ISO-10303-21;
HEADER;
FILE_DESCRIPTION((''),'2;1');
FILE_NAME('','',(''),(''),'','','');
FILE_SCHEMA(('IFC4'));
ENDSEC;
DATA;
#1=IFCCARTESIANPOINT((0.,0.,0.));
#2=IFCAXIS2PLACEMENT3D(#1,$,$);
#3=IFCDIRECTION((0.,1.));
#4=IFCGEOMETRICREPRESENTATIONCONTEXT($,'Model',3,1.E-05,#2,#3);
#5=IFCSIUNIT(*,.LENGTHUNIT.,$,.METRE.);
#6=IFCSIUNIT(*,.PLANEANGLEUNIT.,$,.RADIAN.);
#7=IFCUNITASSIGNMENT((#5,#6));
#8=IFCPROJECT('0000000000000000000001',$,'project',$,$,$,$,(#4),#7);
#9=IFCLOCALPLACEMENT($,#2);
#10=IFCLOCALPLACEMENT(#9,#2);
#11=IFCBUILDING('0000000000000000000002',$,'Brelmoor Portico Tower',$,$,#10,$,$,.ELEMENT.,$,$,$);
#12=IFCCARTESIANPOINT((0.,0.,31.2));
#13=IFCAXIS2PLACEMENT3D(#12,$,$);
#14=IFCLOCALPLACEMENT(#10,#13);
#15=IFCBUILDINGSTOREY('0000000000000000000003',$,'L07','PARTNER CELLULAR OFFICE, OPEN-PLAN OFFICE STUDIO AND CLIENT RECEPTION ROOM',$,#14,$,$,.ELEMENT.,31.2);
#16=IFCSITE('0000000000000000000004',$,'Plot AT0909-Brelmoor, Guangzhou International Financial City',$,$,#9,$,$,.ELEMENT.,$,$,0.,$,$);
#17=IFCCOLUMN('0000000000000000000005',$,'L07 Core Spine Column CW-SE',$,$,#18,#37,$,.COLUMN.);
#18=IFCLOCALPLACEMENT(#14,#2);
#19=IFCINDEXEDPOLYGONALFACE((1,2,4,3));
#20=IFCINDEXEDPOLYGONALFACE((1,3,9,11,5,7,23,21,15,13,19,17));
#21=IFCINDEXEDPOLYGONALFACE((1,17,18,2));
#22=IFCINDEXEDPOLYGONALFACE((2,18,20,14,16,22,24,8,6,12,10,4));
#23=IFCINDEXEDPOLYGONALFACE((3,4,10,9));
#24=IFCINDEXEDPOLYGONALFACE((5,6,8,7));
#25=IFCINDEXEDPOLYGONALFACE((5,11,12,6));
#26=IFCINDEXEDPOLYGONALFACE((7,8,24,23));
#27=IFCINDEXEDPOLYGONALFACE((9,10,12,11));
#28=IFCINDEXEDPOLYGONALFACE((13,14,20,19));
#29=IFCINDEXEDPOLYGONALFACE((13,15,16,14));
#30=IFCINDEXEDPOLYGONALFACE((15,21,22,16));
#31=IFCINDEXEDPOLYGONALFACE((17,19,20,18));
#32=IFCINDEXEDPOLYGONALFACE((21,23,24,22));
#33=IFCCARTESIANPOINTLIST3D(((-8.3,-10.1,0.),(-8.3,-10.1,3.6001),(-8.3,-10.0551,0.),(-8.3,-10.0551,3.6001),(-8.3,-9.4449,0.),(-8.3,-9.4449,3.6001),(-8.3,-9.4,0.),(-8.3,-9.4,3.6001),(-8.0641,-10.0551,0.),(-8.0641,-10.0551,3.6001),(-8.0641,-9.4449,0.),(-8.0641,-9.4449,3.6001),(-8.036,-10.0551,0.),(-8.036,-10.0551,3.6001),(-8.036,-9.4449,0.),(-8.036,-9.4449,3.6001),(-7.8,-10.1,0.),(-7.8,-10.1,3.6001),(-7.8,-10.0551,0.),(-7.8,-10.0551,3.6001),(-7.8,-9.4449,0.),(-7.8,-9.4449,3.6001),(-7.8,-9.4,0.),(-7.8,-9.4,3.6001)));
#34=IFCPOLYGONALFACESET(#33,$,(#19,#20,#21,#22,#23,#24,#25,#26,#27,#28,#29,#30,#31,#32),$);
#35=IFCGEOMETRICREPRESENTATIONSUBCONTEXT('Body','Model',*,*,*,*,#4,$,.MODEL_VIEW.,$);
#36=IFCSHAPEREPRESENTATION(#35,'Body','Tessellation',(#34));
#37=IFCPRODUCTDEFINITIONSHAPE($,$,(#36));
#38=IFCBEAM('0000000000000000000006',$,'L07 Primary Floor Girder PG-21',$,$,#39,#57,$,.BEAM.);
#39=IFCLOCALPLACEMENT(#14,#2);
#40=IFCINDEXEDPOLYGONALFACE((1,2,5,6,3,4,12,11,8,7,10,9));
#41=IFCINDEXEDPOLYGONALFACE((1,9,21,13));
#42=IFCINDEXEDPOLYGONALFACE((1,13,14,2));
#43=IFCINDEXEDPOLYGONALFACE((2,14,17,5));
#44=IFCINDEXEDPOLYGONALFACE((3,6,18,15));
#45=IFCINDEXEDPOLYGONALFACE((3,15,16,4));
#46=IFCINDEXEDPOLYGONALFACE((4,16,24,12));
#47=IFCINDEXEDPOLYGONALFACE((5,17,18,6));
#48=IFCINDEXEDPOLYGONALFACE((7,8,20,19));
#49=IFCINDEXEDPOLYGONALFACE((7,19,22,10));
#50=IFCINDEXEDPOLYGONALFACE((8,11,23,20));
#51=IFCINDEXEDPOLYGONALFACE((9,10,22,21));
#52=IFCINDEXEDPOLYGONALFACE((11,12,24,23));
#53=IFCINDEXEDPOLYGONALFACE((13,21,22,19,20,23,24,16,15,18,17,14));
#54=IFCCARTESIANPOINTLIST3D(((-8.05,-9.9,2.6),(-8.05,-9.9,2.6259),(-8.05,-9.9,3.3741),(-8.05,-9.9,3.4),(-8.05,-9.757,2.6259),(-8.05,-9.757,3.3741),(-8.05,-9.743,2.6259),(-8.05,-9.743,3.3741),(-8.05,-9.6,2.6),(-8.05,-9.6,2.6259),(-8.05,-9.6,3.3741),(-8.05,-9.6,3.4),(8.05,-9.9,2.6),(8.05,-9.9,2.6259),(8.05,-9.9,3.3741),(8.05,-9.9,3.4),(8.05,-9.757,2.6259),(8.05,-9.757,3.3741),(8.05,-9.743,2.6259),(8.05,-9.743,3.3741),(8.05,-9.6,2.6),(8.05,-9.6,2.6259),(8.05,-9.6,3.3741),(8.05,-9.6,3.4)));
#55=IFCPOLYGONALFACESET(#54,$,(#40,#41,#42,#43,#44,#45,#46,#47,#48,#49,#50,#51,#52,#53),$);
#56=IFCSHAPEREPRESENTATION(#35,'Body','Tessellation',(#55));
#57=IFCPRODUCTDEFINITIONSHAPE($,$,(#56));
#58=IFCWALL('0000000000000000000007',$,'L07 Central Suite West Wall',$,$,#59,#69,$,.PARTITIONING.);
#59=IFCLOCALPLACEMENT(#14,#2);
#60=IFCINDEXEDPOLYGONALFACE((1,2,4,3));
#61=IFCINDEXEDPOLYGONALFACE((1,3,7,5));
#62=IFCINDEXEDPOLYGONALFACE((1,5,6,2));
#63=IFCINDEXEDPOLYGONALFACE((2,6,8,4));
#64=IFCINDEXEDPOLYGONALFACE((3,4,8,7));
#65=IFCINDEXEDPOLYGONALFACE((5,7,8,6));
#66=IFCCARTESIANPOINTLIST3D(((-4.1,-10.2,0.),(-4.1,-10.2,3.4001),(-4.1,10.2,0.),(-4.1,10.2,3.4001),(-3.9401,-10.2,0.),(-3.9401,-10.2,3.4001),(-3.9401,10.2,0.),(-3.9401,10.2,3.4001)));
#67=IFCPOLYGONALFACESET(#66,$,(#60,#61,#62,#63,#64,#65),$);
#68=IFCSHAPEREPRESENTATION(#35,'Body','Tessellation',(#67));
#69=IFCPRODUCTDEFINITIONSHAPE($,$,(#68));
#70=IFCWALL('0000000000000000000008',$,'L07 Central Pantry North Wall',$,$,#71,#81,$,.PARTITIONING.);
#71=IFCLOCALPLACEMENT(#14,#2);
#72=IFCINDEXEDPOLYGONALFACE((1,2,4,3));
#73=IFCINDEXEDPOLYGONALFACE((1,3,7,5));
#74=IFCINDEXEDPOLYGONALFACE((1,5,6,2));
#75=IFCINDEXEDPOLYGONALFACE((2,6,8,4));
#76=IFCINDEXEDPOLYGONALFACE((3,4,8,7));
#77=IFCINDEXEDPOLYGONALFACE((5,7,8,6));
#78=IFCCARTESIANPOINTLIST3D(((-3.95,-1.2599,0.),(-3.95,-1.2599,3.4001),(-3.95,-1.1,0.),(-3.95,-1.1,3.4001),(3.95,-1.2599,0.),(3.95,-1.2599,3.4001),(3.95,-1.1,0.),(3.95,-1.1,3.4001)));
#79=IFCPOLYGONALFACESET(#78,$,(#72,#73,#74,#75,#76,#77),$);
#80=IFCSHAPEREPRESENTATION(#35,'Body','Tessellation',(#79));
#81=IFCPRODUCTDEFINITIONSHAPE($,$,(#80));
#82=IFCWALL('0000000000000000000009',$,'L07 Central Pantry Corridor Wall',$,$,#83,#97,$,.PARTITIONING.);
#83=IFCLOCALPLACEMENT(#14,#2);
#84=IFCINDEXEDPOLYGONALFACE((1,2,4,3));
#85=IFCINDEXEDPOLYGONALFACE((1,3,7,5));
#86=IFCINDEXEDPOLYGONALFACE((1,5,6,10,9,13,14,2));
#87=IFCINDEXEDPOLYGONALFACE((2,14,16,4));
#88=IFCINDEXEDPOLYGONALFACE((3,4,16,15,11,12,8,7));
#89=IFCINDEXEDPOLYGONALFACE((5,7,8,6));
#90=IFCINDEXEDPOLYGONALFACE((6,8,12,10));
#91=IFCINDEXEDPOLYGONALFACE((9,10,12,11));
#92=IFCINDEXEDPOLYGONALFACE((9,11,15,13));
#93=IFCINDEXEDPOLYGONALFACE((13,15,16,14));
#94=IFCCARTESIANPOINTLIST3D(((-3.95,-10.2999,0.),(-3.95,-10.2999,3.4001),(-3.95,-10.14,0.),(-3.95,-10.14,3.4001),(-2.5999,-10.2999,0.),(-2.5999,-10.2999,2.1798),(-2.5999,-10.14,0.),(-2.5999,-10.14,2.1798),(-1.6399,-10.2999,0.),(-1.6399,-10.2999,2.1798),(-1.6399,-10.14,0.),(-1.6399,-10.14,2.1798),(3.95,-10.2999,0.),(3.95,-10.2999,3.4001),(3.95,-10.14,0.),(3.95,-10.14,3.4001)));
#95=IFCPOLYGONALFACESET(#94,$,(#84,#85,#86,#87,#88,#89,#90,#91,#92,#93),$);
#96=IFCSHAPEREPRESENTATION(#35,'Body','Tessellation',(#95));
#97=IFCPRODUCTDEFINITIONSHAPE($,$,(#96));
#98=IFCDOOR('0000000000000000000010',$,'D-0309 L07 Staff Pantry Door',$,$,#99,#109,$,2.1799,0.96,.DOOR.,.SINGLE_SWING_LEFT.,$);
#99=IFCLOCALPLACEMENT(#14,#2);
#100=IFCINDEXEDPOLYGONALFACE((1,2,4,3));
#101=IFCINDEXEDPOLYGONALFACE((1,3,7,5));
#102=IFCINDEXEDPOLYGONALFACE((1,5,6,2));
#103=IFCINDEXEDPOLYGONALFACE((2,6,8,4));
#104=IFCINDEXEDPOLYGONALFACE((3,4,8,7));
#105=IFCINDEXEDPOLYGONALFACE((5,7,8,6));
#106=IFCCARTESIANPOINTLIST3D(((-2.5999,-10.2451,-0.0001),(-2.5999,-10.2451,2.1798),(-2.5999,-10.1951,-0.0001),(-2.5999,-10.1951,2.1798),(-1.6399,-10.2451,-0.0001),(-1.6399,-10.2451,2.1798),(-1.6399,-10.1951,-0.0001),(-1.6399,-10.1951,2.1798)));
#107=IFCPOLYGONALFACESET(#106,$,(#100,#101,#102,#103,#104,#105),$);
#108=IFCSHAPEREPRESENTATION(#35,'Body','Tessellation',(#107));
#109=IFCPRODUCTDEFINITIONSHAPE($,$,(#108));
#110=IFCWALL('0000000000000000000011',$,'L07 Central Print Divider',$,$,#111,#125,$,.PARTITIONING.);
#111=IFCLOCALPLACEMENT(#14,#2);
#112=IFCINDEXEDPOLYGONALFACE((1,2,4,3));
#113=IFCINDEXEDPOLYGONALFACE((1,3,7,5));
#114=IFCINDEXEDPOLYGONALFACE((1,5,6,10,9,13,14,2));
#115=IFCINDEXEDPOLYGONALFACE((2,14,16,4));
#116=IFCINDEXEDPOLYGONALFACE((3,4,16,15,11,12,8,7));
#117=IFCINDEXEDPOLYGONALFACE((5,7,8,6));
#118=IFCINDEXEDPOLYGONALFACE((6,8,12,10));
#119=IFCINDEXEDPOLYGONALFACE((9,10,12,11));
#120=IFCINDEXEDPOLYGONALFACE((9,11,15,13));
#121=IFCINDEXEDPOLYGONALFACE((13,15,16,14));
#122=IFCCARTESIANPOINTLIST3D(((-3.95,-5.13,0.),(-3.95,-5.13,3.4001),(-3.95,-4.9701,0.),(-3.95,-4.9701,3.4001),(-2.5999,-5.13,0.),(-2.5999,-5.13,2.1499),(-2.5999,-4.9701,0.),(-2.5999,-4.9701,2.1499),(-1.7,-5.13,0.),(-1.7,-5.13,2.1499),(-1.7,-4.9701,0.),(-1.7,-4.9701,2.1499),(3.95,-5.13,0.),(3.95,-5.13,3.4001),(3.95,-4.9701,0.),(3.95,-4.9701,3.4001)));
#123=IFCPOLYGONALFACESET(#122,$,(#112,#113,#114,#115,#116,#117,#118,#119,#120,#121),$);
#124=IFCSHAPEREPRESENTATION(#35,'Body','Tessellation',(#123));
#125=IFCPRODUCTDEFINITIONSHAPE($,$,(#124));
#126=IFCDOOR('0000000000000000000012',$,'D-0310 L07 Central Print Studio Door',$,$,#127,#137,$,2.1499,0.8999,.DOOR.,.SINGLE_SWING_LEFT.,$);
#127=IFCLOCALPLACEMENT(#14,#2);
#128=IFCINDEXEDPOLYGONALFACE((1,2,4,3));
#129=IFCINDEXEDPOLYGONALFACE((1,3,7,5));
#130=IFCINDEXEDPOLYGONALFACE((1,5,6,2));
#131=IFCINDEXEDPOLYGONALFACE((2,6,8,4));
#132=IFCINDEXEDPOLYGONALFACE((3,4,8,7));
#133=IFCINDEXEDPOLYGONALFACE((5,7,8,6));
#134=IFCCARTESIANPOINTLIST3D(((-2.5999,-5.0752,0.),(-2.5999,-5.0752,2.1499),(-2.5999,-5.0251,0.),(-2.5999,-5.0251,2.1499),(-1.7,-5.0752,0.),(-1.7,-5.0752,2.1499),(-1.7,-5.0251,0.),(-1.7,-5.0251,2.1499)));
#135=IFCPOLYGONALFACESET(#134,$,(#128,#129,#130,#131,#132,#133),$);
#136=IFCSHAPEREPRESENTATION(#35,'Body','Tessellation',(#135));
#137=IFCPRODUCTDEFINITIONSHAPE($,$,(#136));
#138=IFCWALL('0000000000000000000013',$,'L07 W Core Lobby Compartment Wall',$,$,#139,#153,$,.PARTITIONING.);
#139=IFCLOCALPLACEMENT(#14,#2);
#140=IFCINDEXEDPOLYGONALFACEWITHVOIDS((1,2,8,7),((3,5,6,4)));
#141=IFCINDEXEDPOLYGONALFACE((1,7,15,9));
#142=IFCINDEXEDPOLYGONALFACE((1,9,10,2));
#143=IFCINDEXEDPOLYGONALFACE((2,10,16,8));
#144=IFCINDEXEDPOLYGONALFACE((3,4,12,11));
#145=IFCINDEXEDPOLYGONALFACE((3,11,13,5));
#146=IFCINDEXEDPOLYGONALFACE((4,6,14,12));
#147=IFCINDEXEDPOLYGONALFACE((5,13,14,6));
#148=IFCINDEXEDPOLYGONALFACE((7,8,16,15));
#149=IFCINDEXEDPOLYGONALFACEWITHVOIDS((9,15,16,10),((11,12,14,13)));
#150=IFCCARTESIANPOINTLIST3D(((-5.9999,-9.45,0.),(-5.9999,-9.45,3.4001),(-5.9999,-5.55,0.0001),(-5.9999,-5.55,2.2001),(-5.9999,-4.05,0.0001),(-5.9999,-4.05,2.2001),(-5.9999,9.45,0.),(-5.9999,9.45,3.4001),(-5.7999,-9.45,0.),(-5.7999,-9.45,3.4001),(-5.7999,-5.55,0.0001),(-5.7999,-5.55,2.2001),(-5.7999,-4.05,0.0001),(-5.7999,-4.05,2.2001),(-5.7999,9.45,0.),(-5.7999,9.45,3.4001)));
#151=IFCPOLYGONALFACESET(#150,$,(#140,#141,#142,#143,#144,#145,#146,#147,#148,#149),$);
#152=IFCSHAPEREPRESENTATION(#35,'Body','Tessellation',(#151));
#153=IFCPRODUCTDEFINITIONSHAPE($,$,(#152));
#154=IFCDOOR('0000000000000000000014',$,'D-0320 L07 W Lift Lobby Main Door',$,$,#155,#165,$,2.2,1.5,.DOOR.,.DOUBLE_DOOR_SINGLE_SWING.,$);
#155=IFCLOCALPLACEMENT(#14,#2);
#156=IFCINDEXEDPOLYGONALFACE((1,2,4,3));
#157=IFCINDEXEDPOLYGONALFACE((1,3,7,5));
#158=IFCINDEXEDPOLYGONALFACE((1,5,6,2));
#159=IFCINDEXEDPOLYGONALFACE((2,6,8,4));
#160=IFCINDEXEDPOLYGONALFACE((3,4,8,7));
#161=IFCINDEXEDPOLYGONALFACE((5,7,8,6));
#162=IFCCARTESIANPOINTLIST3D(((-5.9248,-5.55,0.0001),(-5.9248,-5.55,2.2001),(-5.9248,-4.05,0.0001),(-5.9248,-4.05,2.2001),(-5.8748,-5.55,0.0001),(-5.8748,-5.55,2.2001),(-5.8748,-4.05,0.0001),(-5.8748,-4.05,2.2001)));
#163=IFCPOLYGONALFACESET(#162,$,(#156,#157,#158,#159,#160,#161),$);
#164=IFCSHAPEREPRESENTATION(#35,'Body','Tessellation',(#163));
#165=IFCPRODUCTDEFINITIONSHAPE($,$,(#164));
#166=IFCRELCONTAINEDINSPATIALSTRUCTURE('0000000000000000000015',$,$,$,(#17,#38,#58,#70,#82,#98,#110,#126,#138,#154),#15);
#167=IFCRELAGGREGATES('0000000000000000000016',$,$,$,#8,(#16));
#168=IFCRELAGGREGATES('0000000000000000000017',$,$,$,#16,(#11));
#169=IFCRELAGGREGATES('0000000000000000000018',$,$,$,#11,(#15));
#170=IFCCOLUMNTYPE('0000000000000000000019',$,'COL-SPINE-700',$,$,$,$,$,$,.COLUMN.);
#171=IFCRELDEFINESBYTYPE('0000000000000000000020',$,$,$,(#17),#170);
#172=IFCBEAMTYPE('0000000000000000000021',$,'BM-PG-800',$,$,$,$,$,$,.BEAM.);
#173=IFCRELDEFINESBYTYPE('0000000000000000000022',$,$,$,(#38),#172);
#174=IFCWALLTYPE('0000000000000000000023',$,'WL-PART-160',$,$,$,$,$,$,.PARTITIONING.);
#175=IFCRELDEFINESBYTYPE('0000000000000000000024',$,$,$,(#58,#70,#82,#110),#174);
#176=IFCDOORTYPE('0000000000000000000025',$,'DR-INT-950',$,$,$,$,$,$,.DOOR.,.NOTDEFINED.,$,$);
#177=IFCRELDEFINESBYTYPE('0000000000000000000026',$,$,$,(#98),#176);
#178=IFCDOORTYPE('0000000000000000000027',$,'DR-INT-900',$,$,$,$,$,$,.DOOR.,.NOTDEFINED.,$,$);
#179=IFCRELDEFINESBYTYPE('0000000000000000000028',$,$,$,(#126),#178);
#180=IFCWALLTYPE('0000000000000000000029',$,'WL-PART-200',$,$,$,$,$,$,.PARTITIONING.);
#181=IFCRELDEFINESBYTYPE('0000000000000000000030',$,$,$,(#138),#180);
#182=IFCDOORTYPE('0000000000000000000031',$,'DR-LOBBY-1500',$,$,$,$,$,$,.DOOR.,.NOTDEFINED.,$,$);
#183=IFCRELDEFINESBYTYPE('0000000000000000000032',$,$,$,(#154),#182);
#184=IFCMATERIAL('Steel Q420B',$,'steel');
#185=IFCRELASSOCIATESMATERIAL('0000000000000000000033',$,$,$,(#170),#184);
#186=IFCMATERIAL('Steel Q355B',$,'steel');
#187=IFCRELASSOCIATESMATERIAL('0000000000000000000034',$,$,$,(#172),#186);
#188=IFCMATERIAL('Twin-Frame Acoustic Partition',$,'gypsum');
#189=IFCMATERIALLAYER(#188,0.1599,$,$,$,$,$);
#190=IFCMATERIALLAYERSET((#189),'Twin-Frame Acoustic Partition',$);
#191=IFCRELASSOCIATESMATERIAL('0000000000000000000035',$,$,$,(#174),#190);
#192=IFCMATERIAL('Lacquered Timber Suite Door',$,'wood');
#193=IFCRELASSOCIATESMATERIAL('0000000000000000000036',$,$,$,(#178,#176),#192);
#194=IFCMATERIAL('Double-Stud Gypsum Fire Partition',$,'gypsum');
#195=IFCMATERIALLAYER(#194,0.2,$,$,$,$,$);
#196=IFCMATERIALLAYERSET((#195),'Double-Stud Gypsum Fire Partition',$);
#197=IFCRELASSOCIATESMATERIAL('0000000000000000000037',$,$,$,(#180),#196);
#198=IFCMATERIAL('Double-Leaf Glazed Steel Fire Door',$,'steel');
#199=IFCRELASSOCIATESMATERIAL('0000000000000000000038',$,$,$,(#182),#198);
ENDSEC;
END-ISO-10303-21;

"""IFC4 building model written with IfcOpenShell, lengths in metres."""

from ifc_helpers import new_model, si_unit, direction, frame, frame_2d, origin, origin_2d, place, context, subcontext, project, spatial, rectangle, i_section, extrude, material, layer, layer_set, material_profile, profile_set, type_object, element, fill, save


model = new_model("IFC4")

# Units and contexts
model_context = context("Model", 3, precision=1e-05, world=origin(), true_north=direction((0.0, 1.0)))
body_context = subcontext(model_context, "Body", "Model", "MODEL_VIEW")
ifc_project = project(units=[si_unit("LENGTHUNIT", "METRE"), si_unit("PLANEANGLEUNIT", "RADIAN")], contexts=[model_context])

# Site, building, storey
site_placement = place(None, origin())
site = spatial("IfcSite", under=ifc_project, at=site_placement, Name="Plot AT0909-Brelmoor, Guangzhou International Financial City", CompositionType="ELEMENT", RefElevation=0.0)
building_placement = place(site_placement, origin())
building = spatial("IfcBuilding", under=site, at=building_placement, Name="Brelmoor Portico Tower", CompositionType="ELEMENT")
storey_placement = place(building_placement, frame((0.0, 0.0, 31.2)))
storey = spatial("IfcBuildingStorey", under=building, at=storey_placement, Name="L07", Description="PARTNER CELLULAR OFFICE, OPEN-PLAN OFFICE STUDIO AND CLIENT RECEPTION ROOM", CompositionType="ELEMENT", Elevation=31.2)

# Column
ifc_material_1 = material(Name="Steel Q420B", Category="steel")
ifc_material_profile_1 = material_profile(ifc_material_1, i_section(OverallWidth=0.5, OverallDepth=0.7, WebThickness=0.0281, FlangeThickness=0.0449, at=origin_2d()), Name="HW 700x500x28x45")
ifc_profile_set_1 = profile_set([ifc_material_profile_1], Name="Steel Q420B")
column_type = type_object("IfcColumnType", Name="COL-SPINE-700", PredefinedType="COLUMN", material=ifc_profile_set_1)
column_placement = place(storey_placement, frame((-8.05, -9.75, 0.0), z_axis=(0.0, 0.0, 1.0), x_axis=(1.0, 0.0, 0.0)))
element("IfcColumn", 1, at=column_placement, inside=storey, type_object=column_type, Name="L07 Core Spine Column CW-SE", PredefinedType="COLUMN", context=body_context, shape_type="SweptSolid", body=[
    extrude(i_section(OverallWidth=0.5, OverallDepth=0.7, WebThickness=0.0281, FlangeThickness=0.0449, at=origin_2d()), origin(), (0.0, 0.0, 1.0), 3.6001),
])

# Beam
ifc_material_2 = material(Name="Steel Q355B", Category="steel")
ifc_material_profile_2 = material_profile(ifc_material_2, i_section(OverallWidth=0.3, OverallDepth=0.8, WebThickness=0.0139, FlangeThickness=0.0259, at=origin_2d()), Name="HN 800x300x14x26")
ifc_profile_set_2 = profile_set([ifc_material_profile_2], Name="Steel Q355B")
beam_type = type_object("IfcBeamType", Name="BM-PG-800", PredefinedType="BEAM", material=ifc_profile_set_2)
beam_placement = place(storey_placement, frame((-8.05, -9.75, 3.0), z_axis=(1.0, 0.0, 0.0), x_axis=(0.0, 1.0, 0.0)))
element("IfcBeam", 2, at=beam_placement, inside=storey, type_object=beam_type, Name="L07 Primary Floor Girder PG-21", PredefinedType="BEAM", context=body_context, shape_type="SweptSolid", body=[
    extrude(i_section(OverallWidth=0.3, OverallDepth=0.8, WebThickness=0.0139, FlangeThickness=0.0259, at=origin_2d()), origin(), (0.0, 0.0, 1.0), 16.1001),
])

# Shared definitions
ifc_material_3 = material(Name="Twin-Frame Acoustic Partition", Category="gypsum")
ifc_layer_1 = layer(ifc_material_3, 0.1599)
ifc_layer_set_1 = layer_set([ifc_layer_1], Name="Twin-Frame Acoustic Partition")
wall_type_1 = type_object("IfcWallType", Name="WL-PART-160", PredefinedType="PARTITIONING", material=ifc_layer_set_1)
ifc_material_4 = material(Name="Lacquered Timber Suite Door", Category="wood")
door_type_1 = type_object("IfcDoorType", Name="DR-INT-900", OperationType="NOTDEFINED", PredefinedType="DOOR", material=ifc_material_4)

# Walls
wall_1_placement = place(storey_placement, frame((-4.02, -10.2, 0.0), z_axis=(0.0, 0.0, 1.0), x_axis=(0.0, 1.0, 0.0)))
element("IfcWall", 3, at=wall_1_placement, inside=storey, type_object=wall_type_1, Name="L07 Central Suite West Wall", PredefinedType="PARTITIONING", context=body_context, shape_type="SweptSolid", body=[
    extrude(rectangle(XDim=20.3999, YDim=0.1599, at=frame_2d((10.2, 0.0))), origin(), (0.0, 0.0, 1.0), 3.4001),
])
wall_2_placement = place(storey_placement, frame((-3.95, -1.1799, 0.0), z_axis=(0.0, 0.0, 1.0), x_axis=(1.0, 0.0, 0.0)))
element("IfcWall", 4, at=wall_2_placement, inside=storey, type_object=wall_type_1, Name="L07 Central Pantry North Wall", PredefinedType="PARTITIONING", context=body_context, shape_type="SweptSolid", body=[
    extrude(rectangle(XDim=7.8999, YDim=0.1599, at=frame_2d((3.95, 0.0))), origin(), (0.0, 0.0, 1.0), 3.4001),
])

# Walls, openings, doors
wall_3_placement = place(storey_placement, frame((-3.95, -10.22, 0.0), z_axis=(0.0, 0.0, 1.0), x_axis=(1.0, 0.0, 0.0)))
wall_3 = element("IfcWall", 5, at=wall_3_placement, inside=storey, type_object=wall_type_1, Name="L07 Central Pantry Corridor Wall", PredefinedType="PARTITIONING", context=body_context, shape_type="SweptSolid", body=[
    extrude(rectangle(XDim=7.8999, YDim=0.1599, at=frame_2d((3.95, 0.0))), origin(), (0.0, 0.0, 1.0), 3.4001),
])
opening_1_placement = place(wall_3_placement, frame((1.3501, 0.0, 0.0)))
opening_1 = element("IfcOpeningElement", 6, at=opening_1_placement, cuts=wall_3, PredefinedType="OPENING", context=body_context, shape_type="SweptSolid", body=[
    extrude(rectangle(XDim=0.96, YDim=2.1799, at=frame_2d((0.48, 1.0898))), frame((0.0, 0.0898, 0.0), z_axis=(0.0, -1.0, 0.0), x_axis=(1.0, 0.0, 0.0)), (0.0, 0.0, 1.0), 0.1799),
])
door_type_2 = type_object("IfcDoorType", Name="DR-INT-950", OperationType="NOTDEFINED", PredefinedType="DOOR", material=ifc_material_4)
door_1_placement = place(opening_1_placement, origin())
door_1 = element("IfcDoor", 7, at=door_1_placement, inside=storey, type_object=door_type_2, Name="D-0309 L07 Staff Pantry Door", OperationType="SINGLE_SWING_LEFT", OverallHeight=2.1799, OverallWidth=0.96, PredefinedType="DOOR", context=body_context, shape_type="SweptSolid", body=[
    extrude(rectangle(XDim=0.96, YDim=2.1799, at=frame_2d((0.48, 1.0898))), frame((0.0, 0.0249, 0.0), z_axis=(0.0, -1.0, 0.0), x_axis=(1.0, 0.0, 0.0)), (0.0, 0.0, 1.0), 0.05),
])
fill(opening_1, door_1)
wall_4_placement = place(storey_placement, frame((-3.95, -5.05, 0.0), z_axis=(0.0, 0.0, 1.0), x_axis=(1.0, 0.0, 0.0)))
wall_4 = element("IfcWall", 8, at=wall_4_placement, inside=storey, type_object=wall_type_1, Name="L07 Central Print Divider", PredefinedType="PARTITIONING", context=body_context, shape_type="SweptSolid", body=[
    extrude(rectangle(XDim=7.8999, YDim=0.1599, at=frame_2d((3.95, 0.0))), origin(), (0.0, 0.0, 1.0), 3.4001),
])
opening_2_placement = place(wall_4_placement, frame((1.3501, 0.0, 0.0)))
opening_2 = element("IfcOpeningElement", 9, at=opening_2_placement, cuts=wall_4, PredefinedType="OPENING", context=body_context, shape_type="SweptSolid", body=[
    extrude(rectangle(XDim=0.8999, YDim=2.1499, at=frame_2d((0.45, 1.075))), frame((0.0, 0.0898, 0.0), z_axis=(0.0, -1.0, 0.0), x_axis=(1.0, 0.0, 0.0)), (0.0, 0.0, 1.0), 0.1799),
])
door_2_placement = place(opening_2_placement, origin())
door_2 = element("IfcDoor", 10, at=door_2_placement, inside=storey, type_object=door_type_1, Name="D-0310 L07 Central Print Studio Door", OperationType="SINGLE_SWING_LEFT", OverallHeight=2.1499, OverallWidth=0.8999, PredefinedType="DOOR", context=body_context, shape_type="SweptSolid", body=[
    extrude(rectangle(XDim=0.8999, YDim=2.1499, at=frame_2d((0.45, 1.075))), frame((0.0, 0.0249, 0.0), z_axis=(0.0, -1.0, 0.0), x_axis=(1.0, 0.0, 0.0)), (0.0, 0.0, 1.0), 0.05),
])
fill(opening_2, door_2)
ifc_material_5 = material(Name="Double-Stud Gypsum Fire Partition", Category="gypsum")
ifc_layer_2 = layer(ifc_material_5, 0.2)
ifc_layer_set_2 = layer_set([ifc_layer_2], Name="Double-Stud Gypsum Fire Partition")
wall_type_2 = type_object("IfcWallType", Name="WL-PART-200", PredefinedType="PARTITIONING", material=ifc_layer_set_2)
wall_5_placement = place(storey_placement, frame((-5.8999, -9.45, 0.0), z_axis=(0.0, 0.0, 1.0), x_axis=(0.0, 1.0, 0.0)))
wall_5 = element("IfcWall", 11, at=wall_5_placement, inside=storey, type_object=wall_type_2, Name="L07 W Core Lobby Compartment Wall", PredefinedType="PARTITIONING", context=body_context, shape_type="SweptSolid", body=[
    extrude(rectangle(XDim=18.8999, YDim=0.2, at=frame_2d((9.45, 0.0))), origin(), (0.0, 0.0, 1.0), 3.4001),
])
opening_3_placement = place(wall_5_placement, frame((3.8999, 0.0, 0.0)))
opening_3 = element("IfcOpeningElement", 12, at=opening_3_placement, cuts=wall_5, PredefinedType="OPENING", context=body_context, shape_type="SweptSolid", body=[
    extrude(rectangle(XDim=1.5, YDim=2.2, at=frame_2d((0.75, 1.1001))), frame((0.0, 0.1099, 0.0), z_axis=(0.0, -1.0, 0.0), x_axis=(1.0, 0.0, 0.0)), (0.0, 0.0, 1.0), 0.22),
])
ifc_material_6 = material(Name="Double-Leaf Glazed Steel Fire Door", Category="steel")
door_type_3 = type_object("IfcDoorType", Name="DR-LOBBY-1500", OperationType="NOTDEFINED", PredefinedType="DOOR", material=ifc_material_6)
door_3_placement = place(opening_3_placement, origin())
door_3 = element("IfcDoor", 13, at=door_3_placement, inside=storey, type_object=door_type_3, Name="D-0320 L07 W Lift Lobby Main Door", OperationType="DOUBLE_DOOR_SINGLE_SWING", OverallHeight=2.2, OverallWidth=1.5, PredefinedType="DOOR", context=body_context, shape_type="SweptSolid", body=[
    extrude(rectangle(XDim=1.5, YDim=2.2, at=frame_2d((0.75, 1.1001))), frame((0.0, 0.0249, 0.0), z_axis=(0.0, -1.0, 0.0), x_axis=(1.0, 0.0, 0.0)), (0.0, 0.0, 1.0), 0.05),
])
fill(opening_3, door_3)

save(model, "model.ifc")
